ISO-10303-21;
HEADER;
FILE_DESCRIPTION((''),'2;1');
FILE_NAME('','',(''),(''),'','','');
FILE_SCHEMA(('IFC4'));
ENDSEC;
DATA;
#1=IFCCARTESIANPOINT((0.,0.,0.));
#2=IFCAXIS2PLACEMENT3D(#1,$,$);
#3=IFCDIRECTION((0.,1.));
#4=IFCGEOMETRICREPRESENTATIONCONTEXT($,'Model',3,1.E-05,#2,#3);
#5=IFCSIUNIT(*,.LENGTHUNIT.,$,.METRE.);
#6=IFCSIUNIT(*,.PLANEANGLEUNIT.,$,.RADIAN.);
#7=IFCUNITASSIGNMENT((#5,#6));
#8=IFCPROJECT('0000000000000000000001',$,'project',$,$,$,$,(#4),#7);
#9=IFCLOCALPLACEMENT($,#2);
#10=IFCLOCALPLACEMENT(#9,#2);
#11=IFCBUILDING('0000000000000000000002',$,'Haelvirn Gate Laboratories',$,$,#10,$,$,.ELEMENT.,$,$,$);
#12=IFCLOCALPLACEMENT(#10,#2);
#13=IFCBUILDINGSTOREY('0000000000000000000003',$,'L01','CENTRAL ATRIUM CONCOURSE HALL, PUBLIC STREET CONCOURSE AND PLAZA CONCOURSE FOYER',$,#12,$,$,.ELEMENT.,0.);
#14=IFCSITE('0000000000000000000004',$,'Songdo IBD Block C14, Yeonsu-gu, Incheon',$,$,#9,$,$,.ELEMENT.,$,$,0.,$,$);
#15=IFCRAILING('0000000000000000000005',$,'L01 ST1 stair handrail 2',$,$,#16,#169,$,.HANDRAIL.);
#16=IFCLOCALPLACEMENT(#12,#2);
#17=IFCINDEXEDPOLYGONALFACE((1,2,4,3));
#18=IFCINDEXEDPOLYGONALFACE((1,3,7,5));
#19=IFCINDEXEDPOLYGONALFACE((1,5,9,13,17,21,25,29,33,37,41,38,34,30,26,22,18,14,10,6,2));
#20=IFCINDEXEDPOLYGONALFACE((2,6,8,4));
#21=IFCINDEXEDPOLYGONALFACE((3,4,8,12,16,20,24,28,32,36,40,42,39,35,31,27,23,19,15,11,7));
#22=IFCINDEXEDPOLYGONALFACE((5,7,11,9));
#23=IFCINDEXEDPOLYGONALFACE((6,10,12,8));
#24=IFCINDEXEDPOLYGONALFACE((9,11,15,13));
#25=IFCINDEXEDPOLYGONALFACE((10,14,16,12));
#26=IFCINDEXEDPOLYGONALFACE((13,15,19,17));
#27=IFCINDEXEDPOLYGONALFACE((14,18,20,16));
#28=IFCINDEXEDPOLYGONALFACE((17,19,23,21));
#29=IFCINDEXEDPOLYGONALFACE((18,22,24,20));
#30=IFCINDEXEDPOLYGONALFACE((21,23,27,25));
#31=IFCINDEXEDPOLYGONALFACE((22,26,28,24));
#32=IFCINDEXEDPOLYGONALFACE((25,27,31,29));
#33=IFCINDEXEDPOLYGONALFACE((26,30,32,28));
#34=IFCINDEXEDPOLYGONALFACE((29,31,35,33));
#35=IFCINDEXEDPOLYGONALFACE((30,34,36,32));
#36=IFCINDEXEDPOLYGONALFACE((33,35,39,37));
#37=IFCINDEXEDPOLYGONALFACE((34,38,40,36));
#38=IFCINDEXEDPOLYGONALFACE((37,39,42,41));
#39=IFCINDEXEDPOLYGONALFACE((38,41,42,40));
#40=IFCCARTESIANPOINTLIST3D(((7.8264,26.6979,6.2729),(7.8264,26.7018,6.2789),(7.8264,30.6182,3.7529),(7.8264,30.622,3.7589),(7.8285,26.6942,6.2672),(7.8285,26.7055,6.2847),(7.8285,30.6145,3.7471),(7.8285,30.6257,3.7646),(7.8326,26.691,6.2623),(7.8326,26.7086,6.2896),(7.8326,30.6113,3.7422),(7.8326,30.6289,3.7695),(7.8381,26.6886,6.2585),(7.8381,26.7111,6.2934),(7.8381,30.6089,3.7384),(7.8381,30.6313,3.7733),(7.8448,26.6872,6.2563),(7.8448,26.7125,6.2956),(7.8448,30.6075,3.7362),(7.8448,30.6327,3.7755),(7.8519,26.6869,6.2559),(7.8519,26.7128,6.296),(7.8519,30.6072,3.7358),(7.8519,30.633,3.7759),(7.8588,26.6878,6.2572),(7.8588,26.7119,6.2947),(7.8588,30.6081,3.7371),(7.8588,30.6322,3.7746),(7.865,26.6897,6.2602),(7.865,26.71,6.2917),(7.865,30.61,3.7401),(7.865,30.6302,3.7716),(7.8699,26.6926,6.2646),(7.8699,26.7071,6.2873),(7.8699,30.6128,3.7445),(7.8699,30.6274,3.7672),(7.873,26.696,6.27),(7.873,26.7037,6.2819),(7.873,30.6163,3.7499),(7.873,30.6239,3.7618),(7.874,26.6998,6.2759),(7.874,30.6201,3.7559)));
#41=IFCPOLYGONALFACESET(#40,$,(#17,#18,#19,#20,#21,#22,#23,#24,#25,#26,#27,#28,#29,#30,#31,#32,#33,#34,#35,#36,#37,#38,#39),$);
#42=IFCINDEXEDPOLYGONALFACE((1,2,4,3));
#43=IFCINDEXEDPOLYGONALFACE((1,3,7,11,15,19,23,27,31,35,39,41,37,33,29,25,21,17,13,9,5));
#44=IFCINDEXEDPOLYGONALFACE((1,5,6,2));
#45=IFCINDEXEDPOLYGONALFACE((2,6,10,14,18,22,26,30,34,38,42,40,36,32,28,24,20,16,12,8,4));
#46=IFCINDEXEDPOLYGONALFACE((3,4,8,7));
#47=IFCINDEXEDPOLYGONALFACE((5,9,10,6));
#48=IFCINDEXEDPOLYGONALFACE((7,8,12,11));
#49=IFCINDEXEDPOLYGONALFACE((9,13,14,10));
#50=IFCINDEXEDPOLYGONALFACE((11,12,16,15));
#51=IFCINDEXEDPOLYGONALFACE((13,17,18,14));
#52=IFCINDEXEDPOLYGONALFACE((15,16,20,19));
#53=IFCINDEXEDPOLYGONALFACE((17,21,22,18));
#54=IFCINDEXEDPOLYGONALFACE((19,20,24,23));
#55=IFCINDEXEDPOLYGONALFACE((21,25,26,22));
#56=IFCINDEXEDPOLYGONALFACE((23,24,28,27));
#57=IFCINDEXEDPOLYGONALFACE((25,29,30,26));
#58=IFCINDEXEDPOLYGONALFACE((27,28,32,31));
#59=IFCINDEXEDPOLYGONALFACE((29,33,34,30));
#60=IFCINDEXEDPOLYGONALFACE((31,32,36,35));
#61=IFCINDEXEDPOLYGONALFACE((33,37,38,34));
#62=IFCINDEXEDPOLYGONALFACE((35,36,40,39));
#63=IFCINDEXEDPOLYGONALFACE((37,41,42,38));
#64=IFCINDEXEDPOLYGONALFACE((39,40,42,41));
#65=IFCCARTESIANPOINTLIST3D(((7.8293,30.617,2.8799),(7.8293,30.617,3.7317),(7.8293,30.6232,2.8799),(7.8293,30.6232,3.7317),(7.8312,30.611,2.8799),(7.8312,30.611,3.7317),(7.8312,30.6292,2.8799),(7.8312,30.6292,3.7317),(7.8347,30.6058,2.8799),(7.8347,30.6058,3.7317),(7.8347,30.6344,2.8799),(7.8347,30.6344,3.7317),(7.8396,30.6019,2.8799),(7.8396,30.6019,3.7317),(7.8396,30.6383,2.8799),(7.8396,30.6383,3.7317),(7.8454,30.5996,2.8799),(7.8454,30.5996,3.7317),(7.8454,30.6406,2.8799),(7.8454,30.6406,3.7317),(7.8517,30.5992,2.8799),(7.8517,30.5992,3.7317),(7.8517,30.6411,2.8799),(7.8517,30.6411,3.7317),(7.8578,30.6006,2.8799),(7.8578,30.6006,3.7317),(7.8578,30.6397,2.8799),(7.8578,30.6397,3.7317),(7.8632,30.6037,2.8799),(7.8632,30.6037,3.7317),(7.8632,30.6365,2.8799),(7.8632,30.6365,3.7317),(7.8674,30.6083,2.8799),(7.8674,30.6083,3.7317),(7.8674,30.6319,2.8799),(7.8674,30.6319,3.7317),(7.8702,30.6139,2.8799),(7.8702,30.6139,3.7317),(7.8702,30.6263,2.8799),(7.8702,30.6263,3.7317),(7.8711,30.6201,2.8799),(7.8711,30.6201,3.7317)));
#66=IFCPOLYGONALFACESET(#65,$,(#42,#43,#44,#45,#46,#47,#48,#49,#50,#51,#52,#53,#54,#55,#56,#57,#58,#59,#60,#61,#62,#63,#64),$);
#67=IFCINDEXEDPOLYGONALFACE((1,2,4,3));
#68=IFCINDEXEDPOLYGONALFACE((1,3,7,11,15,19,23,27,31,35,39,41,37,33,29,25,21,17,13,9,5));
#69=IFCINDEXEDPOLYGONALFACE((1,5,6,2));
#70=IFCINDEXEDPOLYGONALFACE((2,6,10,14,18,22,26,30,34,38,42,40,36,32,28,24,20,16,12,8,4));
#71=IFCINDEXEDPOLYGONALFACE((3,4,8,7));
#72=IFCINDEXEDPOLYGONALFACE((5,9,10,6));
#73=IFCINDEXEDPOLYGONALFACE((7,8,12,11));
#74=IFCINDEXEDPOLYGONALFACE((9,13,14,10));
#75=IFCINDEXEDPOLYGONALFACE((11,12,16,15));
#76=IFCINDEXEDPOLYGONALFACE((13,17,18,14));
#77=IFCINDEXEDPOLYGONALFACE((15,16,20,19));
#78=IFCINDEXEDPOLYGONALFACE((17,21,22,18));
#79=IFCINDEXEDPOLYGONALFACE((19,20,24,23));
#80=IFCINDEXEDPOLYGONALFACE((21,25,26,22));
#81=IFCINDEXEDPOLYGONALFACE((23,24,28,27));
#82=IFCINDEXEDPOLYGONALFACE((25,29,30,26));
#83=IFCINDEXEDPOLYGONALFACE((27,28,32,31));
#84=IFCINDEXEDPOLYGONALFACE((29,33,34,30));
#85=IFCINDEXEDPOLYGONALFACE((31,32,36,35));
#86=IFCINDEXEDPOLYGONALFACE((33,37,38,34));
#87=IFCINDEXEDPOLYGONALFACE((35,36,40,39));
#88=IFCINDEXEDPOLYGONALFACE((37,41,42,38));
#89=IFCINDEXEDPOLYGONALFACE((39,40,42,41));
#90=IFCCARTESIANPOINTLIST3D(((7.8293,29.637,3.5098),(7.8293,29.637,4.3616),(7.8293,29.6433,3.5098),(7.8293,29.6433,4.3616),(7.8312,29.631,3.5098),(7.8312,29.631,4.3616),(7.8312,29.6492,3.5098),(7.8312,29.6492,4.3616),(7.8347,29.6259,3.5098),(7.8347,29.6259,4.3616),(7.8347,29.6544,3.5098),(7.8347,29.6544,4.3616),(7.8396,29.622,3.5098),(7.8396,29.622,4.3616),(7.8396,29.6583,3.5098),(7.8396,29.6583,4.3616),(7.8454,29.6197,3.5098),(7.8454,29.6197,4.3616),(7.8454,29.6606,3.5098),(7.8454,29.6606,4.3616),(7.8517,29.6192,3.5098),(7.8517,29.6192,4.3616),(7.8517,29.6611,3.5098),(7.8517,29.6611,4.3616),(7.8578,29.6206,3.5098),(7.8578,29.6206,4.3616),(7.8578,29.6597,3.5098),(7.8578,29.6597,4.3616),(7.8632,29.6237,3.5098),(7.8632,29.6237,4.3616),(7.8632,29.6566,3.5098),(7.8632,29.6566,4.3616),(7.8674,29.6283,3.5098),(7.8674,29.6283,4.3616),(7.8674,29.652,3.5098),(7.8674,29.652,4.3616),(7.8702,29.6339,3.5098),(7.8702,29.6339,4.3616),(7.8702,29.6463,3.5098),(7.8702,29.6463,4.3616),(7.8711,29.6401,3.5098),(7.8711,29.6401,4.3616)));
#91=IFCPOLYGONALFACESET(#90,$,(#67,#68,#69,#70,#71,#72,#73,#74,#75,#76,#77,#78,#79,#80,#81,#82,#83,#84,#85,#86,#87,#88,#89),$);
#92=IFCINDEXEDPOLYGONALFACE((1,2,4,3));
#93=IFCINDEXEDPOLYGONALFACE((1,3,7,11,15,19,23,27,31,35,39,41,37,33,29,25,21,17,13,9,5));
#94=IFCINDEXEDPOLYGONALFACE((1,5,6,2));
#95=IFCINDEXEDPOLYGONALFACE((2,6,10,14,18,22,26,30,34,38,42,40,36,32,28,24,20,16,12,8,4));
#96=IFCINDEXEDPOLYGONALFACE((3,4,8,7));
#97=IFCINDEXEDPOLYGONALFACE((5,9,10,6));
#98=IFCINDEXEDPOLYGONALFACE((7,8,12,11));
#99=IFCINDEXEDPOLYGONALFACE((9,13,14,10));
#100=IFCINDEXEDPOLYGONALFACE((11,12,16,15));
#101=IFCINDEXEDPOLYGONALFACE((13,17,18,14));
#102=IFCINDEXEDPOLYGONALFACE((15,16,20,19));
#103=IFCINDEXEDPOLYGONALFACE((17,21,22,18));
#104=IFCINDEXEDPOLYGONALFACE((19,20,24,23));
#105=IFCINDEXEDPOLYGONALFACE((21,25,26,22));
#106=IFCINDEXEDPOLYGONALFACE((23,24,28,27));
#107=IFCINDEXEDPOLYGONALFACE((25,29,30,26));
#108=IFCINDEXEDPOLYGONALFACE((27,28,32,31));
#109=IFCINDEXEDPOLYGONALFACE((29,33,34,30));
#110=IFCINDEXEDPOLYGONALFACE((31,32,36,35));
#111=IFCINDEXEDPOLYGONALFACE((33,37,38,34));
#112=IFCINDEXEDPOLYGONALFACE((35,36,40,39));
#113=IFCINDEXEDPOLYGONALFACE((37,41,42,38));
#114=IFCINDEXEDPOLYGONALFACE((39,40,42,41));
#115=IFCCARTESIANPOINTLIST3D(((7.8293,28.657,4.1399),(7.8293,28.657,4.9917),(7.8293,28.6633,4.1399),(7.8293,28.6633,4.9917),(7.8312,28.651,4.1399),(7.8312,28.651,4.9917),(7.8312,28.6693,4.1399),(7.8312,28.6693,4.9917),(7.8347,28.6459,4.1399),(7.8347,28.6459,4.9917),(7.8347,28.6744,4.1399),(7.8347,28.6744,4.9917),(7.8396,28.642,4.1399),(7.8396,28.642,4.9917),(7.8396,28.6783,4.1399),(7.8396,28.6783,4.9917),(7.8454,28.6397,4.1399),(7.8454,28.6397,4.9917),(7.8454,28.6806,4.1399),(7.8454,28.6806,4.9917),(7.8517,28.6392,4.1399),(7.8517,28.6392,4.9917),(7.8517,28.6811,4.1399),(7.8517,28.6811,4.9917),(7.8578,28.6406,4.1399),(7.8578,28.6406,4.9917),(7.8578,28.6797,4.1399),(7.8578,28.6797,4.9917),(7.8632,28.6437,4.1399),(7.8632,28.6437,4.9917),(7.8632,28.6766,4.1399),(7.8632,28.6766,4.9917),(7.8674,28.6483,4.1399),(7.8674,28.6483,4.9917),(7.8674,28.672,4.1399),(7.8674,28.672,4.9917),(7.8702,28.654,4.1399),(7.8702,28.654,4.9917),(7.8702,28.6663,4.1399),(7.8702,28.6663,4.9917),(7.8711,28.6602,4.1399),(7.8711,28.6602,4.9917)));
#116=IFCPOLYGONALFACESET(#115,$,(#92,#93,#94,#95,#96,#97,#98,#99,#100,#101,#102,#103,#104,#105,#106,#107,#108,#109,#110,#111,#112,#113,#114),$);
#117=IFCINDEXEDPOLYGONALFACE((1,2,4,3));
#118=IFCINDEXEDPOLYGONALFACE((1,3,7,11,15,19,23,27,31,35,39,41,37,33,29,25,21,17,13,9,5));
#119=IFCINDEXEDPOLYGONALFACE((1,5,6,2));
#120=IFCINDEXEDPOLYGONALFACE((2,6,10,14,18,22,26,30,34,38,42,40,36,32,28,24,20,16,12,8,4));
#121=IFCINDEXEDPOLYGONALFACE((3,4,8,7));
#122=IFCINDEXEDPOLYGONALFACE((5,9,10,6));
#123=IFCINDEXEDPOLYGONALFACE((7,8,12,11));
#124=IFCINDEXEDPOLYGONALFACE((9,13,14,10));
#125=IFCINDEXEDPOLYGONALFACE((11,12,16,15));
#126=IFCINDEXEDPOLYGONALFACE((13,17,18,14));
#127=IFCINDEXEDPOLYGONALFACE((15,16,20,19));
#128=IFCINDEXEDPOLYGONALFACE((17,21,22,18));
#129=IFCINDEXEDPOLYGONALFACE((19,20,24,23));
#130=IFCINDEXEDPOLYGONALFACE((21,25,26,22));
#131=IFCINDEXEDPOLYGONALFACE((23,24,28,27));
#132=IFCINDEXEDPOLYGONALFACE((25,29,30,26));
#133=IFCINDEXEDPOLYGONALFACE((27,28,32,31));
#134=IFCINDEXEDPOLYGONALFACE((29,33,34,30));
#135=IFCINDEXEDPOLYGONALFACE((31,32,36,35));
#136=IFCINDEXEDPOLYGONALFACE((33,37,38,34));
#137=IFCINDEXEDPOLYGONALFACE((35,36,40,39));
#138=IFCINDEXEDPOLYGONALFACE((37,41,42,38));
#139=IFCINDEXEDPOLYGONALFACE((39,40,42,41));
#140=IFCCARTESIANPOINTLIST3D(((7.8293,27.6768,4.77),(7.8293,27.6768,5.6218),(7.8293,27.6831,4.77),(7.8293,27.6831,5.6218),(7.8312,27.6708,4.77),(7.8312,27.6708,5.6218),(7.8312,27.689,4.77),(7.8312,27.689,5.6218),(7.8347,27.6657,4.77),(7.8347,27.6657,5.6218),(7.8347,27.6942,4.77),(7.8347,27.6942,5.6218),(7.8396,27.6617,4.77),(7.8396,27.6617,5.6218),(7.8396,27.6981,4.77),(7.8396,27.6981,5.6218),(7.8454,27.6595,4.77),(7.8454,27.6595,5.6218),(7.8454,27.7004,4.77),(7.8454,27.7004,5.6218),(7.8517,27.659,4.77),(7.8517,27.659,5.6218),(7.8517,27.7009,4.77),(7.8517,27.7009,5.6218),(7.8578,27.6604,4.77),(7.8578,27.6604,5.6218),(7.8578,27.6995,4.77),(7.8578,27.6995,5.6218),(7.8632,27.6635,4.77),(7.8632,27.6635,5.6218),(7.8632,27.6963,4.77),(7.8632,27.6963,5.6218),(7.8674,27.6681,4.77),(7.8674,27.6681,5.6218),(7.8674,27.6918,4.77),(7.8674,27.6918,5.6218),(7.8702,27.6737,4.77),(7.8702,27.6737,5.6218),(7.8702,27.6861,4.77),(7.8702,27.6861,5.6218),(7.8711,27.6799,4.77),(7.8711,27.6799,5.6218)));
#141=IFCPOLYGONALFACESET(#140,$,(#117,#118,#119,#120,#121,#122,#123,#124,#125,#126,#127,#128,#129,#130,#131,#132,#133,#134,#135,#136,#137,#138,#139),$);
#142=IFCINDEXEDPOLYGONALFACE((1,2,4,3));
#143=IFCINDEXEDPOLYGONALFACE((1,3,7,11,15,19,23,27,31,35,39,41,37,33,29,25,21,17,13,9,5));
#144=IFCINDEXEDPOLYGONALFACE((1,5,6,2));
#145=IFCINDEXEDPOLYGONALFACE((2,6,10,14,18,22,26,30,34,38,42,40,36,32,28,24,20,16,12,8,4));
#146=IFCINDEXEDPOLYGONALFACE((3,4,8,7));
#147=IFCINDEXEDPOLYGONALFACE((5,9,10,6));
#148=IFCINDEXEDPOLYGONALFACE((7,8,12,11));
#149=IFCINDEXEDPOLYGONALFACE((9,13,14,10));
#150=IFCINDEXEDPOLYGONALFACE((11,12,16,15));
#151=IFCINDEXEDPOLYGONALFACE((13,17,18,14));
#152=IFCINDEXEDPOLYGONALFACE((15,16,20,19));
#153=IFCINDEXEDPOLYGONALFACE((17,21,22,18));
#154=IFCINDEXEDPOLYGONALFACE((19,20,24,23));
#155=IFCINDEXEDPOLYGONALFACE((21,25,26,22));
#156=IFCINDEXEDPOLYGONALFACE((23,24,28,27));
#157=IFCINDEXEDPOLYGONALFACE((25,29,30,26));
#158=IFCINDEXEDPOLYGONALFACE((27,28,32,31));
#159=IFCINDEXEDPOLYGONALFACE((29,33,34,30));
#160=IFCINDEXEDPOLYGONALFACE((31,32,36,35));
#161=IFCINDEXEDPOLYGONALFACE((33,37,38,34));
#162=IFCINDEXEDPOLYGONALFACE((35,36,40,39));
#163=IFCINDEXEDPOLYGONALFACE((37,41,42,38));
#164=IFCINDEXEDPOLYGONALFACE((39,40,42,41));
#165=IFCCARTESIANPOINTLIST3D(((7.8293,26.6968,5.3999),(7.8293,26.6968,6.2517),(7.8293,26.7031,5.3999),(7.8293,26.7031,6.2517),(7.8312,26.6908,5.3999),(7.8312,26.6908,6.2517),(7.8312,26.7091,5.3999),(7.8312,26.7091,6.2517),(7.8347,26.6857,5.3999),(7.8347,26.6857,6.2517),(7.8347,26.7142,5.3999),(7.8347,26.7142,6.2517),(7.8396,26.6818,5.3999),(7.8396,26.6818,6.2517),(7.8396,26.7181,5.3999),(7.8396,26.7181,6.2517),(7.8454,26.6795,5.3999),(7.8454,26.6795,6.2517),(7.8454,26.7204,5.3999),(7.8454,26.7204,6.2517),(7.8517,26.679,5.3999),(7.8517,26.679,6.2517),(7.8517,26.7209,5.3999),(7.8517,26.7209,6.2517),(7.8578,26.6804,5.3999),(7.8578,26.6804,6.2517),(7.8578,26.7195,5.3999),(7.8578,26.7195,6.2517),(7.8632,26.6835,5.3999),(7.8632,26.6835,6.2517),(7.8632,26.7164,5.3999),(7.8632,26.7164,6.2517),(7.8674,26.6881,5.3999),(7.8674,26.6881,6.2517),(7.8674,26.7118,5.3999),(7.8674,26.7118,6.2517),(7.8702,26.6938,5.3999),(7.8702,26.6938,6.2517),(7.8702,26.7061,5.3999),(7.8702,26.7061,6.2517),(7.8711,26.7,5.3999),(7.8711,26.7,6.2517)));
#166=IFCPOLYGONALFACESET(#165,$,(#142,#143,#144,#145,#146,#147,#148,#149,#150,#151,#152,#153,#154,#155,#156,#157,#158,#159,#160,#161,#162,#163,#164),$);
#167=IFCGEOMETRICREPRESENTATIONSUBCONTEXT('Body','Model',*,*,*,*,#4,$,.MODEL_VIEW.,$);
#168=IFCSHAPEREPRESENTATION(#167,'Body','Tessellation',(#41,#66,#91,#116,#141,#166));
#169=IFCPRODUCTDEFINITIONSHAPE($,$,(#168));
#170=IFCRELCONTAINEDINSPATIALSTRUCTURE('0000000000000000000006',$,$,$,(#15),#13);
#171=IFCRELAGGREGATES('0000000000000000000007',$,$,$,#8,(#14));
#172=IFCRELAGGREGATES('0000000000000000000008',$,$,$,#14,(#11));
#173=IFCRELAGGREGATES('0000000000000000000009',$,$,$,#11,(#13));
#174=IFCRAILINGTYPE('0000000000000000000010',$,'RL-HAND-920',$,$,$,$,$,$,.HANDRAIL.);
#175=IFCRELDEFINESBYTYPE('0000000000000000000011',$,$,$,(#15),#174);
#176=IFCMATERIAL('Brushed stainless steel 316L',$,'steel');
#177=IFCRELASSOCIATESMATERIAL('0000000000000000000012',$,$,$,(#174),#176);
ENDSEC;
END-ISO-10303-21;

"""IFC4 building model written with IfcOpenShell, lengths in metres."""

from ifc_helpers import new_model, si_unit, direction, frame, origin, origin_2d, place, context, subcontext, project, spatial, circle, extrude, source, transform, mapped, material, type_object, type_shapes, element, save


model = new_model("IFC4")

# Units and contexts
model_context = context("Model", 3, precision=1e-05, world=origin(), true_north=direction((0.0, 1.0)))
body_context = subcontext(model_context, "Body", "Model", "MODEL_VIEW")
ifc_project = project(units=[si_unit("LENGTHUNIT", "METRE"), si_unit("PLANEANGLEUNIT", "RADIAN")], contexts=[model_context])

# Site, building, storey
site_placement = place(None, origin())
site = spatial("IfcSite", under=ifc_project, at=site_placement, Name="Songdo IBD Block C14, Yeonsu-gu, Incheon", CompositionType="ELEMENT", RefElevation=0.0)
building_placement = place(site_placement, origin())
building = spatial("IfcBuilding", under=site, at=building_placement, Name="Haelvirn Gate Laboratories", CompositionType="ELEMENT")
storey_placement = place(building_placement, origin())
storey = spatial("IfcBuildingStorey", under=building, at=storey_placement, Name="L01", Description="CENTRAL ATRIUM CONCOURSE HALL, PUBLIC STREET CONCOURSE AND PLAZA CONCOURSE FOYER", CompositionType="ELEMENT", Elevation=0.0)

# Railing
ifc_material_1 = material(Name="Brushed stainless steel 316L", Category="steel")
railing_type_1 = type_object("IfcRailingType", Name="RL-HAND-920", PredefinedType="HANDRAIL", material=ifc_material_1)
shared_shape_1 = source(origin(), body_context, "Body", "SweptSolid", [
    extrude(circle(Radius=0.0239, at=origin_2d()), frame((0.0, 0.0, 0.876), z_axis=(0.0, -0.841187, 0.540744), x_axis=(1.0, 0.0, 0.0)), (0.0, 0.0, 1.0), 4.6604),
    extrude(circle(Radius=0.021, at=origin_2d()), origin(), (0.0, 0.0, 1.0), 0.8518),
    extrude(circle(Radius=0.021, at=origin_2d()), frame((0.0, -0.98, 0.6299)), (0.0, 0.0, 1.0), 0.8518),
    extrude(circle(Radius=0.021, at=origin_2d()), frame((0.0, -1.96, 1.26)), (0.0, 0.0, 1.0), 0.8518),
    extrude(circle(Radius=0.021, at=origin_2d()), frame((0.0, -2.9402, 1.8901)), (0.0, 0.0, 1.0), 0.8518),
    extrude(circle(Radius=0.021, at=origin_2d()), frame((0.0, -3.9202, 2.52)), (0.0, 0.0, 1.0), 0.8518),
])
type_shapes(railing_type_1, [shared_shape_1])
railing_1_placement = place(storey_placement, frame((7.8501, 30.6201, 2.8799)))
element("IfcRailing", 1, at=railing_1_placement, inside=storey, type_object=railing_type_1, Name="L01 ST1 stair handrail 2", PredefinedType="HANDRAIL", context=body_context, shape_type="MappedRepresentation", body=[
    mapped(shared_shape_1, transform((0.0, 0.0, 0.0), scale=1.0)),
])

save(model, "model.ifc")
